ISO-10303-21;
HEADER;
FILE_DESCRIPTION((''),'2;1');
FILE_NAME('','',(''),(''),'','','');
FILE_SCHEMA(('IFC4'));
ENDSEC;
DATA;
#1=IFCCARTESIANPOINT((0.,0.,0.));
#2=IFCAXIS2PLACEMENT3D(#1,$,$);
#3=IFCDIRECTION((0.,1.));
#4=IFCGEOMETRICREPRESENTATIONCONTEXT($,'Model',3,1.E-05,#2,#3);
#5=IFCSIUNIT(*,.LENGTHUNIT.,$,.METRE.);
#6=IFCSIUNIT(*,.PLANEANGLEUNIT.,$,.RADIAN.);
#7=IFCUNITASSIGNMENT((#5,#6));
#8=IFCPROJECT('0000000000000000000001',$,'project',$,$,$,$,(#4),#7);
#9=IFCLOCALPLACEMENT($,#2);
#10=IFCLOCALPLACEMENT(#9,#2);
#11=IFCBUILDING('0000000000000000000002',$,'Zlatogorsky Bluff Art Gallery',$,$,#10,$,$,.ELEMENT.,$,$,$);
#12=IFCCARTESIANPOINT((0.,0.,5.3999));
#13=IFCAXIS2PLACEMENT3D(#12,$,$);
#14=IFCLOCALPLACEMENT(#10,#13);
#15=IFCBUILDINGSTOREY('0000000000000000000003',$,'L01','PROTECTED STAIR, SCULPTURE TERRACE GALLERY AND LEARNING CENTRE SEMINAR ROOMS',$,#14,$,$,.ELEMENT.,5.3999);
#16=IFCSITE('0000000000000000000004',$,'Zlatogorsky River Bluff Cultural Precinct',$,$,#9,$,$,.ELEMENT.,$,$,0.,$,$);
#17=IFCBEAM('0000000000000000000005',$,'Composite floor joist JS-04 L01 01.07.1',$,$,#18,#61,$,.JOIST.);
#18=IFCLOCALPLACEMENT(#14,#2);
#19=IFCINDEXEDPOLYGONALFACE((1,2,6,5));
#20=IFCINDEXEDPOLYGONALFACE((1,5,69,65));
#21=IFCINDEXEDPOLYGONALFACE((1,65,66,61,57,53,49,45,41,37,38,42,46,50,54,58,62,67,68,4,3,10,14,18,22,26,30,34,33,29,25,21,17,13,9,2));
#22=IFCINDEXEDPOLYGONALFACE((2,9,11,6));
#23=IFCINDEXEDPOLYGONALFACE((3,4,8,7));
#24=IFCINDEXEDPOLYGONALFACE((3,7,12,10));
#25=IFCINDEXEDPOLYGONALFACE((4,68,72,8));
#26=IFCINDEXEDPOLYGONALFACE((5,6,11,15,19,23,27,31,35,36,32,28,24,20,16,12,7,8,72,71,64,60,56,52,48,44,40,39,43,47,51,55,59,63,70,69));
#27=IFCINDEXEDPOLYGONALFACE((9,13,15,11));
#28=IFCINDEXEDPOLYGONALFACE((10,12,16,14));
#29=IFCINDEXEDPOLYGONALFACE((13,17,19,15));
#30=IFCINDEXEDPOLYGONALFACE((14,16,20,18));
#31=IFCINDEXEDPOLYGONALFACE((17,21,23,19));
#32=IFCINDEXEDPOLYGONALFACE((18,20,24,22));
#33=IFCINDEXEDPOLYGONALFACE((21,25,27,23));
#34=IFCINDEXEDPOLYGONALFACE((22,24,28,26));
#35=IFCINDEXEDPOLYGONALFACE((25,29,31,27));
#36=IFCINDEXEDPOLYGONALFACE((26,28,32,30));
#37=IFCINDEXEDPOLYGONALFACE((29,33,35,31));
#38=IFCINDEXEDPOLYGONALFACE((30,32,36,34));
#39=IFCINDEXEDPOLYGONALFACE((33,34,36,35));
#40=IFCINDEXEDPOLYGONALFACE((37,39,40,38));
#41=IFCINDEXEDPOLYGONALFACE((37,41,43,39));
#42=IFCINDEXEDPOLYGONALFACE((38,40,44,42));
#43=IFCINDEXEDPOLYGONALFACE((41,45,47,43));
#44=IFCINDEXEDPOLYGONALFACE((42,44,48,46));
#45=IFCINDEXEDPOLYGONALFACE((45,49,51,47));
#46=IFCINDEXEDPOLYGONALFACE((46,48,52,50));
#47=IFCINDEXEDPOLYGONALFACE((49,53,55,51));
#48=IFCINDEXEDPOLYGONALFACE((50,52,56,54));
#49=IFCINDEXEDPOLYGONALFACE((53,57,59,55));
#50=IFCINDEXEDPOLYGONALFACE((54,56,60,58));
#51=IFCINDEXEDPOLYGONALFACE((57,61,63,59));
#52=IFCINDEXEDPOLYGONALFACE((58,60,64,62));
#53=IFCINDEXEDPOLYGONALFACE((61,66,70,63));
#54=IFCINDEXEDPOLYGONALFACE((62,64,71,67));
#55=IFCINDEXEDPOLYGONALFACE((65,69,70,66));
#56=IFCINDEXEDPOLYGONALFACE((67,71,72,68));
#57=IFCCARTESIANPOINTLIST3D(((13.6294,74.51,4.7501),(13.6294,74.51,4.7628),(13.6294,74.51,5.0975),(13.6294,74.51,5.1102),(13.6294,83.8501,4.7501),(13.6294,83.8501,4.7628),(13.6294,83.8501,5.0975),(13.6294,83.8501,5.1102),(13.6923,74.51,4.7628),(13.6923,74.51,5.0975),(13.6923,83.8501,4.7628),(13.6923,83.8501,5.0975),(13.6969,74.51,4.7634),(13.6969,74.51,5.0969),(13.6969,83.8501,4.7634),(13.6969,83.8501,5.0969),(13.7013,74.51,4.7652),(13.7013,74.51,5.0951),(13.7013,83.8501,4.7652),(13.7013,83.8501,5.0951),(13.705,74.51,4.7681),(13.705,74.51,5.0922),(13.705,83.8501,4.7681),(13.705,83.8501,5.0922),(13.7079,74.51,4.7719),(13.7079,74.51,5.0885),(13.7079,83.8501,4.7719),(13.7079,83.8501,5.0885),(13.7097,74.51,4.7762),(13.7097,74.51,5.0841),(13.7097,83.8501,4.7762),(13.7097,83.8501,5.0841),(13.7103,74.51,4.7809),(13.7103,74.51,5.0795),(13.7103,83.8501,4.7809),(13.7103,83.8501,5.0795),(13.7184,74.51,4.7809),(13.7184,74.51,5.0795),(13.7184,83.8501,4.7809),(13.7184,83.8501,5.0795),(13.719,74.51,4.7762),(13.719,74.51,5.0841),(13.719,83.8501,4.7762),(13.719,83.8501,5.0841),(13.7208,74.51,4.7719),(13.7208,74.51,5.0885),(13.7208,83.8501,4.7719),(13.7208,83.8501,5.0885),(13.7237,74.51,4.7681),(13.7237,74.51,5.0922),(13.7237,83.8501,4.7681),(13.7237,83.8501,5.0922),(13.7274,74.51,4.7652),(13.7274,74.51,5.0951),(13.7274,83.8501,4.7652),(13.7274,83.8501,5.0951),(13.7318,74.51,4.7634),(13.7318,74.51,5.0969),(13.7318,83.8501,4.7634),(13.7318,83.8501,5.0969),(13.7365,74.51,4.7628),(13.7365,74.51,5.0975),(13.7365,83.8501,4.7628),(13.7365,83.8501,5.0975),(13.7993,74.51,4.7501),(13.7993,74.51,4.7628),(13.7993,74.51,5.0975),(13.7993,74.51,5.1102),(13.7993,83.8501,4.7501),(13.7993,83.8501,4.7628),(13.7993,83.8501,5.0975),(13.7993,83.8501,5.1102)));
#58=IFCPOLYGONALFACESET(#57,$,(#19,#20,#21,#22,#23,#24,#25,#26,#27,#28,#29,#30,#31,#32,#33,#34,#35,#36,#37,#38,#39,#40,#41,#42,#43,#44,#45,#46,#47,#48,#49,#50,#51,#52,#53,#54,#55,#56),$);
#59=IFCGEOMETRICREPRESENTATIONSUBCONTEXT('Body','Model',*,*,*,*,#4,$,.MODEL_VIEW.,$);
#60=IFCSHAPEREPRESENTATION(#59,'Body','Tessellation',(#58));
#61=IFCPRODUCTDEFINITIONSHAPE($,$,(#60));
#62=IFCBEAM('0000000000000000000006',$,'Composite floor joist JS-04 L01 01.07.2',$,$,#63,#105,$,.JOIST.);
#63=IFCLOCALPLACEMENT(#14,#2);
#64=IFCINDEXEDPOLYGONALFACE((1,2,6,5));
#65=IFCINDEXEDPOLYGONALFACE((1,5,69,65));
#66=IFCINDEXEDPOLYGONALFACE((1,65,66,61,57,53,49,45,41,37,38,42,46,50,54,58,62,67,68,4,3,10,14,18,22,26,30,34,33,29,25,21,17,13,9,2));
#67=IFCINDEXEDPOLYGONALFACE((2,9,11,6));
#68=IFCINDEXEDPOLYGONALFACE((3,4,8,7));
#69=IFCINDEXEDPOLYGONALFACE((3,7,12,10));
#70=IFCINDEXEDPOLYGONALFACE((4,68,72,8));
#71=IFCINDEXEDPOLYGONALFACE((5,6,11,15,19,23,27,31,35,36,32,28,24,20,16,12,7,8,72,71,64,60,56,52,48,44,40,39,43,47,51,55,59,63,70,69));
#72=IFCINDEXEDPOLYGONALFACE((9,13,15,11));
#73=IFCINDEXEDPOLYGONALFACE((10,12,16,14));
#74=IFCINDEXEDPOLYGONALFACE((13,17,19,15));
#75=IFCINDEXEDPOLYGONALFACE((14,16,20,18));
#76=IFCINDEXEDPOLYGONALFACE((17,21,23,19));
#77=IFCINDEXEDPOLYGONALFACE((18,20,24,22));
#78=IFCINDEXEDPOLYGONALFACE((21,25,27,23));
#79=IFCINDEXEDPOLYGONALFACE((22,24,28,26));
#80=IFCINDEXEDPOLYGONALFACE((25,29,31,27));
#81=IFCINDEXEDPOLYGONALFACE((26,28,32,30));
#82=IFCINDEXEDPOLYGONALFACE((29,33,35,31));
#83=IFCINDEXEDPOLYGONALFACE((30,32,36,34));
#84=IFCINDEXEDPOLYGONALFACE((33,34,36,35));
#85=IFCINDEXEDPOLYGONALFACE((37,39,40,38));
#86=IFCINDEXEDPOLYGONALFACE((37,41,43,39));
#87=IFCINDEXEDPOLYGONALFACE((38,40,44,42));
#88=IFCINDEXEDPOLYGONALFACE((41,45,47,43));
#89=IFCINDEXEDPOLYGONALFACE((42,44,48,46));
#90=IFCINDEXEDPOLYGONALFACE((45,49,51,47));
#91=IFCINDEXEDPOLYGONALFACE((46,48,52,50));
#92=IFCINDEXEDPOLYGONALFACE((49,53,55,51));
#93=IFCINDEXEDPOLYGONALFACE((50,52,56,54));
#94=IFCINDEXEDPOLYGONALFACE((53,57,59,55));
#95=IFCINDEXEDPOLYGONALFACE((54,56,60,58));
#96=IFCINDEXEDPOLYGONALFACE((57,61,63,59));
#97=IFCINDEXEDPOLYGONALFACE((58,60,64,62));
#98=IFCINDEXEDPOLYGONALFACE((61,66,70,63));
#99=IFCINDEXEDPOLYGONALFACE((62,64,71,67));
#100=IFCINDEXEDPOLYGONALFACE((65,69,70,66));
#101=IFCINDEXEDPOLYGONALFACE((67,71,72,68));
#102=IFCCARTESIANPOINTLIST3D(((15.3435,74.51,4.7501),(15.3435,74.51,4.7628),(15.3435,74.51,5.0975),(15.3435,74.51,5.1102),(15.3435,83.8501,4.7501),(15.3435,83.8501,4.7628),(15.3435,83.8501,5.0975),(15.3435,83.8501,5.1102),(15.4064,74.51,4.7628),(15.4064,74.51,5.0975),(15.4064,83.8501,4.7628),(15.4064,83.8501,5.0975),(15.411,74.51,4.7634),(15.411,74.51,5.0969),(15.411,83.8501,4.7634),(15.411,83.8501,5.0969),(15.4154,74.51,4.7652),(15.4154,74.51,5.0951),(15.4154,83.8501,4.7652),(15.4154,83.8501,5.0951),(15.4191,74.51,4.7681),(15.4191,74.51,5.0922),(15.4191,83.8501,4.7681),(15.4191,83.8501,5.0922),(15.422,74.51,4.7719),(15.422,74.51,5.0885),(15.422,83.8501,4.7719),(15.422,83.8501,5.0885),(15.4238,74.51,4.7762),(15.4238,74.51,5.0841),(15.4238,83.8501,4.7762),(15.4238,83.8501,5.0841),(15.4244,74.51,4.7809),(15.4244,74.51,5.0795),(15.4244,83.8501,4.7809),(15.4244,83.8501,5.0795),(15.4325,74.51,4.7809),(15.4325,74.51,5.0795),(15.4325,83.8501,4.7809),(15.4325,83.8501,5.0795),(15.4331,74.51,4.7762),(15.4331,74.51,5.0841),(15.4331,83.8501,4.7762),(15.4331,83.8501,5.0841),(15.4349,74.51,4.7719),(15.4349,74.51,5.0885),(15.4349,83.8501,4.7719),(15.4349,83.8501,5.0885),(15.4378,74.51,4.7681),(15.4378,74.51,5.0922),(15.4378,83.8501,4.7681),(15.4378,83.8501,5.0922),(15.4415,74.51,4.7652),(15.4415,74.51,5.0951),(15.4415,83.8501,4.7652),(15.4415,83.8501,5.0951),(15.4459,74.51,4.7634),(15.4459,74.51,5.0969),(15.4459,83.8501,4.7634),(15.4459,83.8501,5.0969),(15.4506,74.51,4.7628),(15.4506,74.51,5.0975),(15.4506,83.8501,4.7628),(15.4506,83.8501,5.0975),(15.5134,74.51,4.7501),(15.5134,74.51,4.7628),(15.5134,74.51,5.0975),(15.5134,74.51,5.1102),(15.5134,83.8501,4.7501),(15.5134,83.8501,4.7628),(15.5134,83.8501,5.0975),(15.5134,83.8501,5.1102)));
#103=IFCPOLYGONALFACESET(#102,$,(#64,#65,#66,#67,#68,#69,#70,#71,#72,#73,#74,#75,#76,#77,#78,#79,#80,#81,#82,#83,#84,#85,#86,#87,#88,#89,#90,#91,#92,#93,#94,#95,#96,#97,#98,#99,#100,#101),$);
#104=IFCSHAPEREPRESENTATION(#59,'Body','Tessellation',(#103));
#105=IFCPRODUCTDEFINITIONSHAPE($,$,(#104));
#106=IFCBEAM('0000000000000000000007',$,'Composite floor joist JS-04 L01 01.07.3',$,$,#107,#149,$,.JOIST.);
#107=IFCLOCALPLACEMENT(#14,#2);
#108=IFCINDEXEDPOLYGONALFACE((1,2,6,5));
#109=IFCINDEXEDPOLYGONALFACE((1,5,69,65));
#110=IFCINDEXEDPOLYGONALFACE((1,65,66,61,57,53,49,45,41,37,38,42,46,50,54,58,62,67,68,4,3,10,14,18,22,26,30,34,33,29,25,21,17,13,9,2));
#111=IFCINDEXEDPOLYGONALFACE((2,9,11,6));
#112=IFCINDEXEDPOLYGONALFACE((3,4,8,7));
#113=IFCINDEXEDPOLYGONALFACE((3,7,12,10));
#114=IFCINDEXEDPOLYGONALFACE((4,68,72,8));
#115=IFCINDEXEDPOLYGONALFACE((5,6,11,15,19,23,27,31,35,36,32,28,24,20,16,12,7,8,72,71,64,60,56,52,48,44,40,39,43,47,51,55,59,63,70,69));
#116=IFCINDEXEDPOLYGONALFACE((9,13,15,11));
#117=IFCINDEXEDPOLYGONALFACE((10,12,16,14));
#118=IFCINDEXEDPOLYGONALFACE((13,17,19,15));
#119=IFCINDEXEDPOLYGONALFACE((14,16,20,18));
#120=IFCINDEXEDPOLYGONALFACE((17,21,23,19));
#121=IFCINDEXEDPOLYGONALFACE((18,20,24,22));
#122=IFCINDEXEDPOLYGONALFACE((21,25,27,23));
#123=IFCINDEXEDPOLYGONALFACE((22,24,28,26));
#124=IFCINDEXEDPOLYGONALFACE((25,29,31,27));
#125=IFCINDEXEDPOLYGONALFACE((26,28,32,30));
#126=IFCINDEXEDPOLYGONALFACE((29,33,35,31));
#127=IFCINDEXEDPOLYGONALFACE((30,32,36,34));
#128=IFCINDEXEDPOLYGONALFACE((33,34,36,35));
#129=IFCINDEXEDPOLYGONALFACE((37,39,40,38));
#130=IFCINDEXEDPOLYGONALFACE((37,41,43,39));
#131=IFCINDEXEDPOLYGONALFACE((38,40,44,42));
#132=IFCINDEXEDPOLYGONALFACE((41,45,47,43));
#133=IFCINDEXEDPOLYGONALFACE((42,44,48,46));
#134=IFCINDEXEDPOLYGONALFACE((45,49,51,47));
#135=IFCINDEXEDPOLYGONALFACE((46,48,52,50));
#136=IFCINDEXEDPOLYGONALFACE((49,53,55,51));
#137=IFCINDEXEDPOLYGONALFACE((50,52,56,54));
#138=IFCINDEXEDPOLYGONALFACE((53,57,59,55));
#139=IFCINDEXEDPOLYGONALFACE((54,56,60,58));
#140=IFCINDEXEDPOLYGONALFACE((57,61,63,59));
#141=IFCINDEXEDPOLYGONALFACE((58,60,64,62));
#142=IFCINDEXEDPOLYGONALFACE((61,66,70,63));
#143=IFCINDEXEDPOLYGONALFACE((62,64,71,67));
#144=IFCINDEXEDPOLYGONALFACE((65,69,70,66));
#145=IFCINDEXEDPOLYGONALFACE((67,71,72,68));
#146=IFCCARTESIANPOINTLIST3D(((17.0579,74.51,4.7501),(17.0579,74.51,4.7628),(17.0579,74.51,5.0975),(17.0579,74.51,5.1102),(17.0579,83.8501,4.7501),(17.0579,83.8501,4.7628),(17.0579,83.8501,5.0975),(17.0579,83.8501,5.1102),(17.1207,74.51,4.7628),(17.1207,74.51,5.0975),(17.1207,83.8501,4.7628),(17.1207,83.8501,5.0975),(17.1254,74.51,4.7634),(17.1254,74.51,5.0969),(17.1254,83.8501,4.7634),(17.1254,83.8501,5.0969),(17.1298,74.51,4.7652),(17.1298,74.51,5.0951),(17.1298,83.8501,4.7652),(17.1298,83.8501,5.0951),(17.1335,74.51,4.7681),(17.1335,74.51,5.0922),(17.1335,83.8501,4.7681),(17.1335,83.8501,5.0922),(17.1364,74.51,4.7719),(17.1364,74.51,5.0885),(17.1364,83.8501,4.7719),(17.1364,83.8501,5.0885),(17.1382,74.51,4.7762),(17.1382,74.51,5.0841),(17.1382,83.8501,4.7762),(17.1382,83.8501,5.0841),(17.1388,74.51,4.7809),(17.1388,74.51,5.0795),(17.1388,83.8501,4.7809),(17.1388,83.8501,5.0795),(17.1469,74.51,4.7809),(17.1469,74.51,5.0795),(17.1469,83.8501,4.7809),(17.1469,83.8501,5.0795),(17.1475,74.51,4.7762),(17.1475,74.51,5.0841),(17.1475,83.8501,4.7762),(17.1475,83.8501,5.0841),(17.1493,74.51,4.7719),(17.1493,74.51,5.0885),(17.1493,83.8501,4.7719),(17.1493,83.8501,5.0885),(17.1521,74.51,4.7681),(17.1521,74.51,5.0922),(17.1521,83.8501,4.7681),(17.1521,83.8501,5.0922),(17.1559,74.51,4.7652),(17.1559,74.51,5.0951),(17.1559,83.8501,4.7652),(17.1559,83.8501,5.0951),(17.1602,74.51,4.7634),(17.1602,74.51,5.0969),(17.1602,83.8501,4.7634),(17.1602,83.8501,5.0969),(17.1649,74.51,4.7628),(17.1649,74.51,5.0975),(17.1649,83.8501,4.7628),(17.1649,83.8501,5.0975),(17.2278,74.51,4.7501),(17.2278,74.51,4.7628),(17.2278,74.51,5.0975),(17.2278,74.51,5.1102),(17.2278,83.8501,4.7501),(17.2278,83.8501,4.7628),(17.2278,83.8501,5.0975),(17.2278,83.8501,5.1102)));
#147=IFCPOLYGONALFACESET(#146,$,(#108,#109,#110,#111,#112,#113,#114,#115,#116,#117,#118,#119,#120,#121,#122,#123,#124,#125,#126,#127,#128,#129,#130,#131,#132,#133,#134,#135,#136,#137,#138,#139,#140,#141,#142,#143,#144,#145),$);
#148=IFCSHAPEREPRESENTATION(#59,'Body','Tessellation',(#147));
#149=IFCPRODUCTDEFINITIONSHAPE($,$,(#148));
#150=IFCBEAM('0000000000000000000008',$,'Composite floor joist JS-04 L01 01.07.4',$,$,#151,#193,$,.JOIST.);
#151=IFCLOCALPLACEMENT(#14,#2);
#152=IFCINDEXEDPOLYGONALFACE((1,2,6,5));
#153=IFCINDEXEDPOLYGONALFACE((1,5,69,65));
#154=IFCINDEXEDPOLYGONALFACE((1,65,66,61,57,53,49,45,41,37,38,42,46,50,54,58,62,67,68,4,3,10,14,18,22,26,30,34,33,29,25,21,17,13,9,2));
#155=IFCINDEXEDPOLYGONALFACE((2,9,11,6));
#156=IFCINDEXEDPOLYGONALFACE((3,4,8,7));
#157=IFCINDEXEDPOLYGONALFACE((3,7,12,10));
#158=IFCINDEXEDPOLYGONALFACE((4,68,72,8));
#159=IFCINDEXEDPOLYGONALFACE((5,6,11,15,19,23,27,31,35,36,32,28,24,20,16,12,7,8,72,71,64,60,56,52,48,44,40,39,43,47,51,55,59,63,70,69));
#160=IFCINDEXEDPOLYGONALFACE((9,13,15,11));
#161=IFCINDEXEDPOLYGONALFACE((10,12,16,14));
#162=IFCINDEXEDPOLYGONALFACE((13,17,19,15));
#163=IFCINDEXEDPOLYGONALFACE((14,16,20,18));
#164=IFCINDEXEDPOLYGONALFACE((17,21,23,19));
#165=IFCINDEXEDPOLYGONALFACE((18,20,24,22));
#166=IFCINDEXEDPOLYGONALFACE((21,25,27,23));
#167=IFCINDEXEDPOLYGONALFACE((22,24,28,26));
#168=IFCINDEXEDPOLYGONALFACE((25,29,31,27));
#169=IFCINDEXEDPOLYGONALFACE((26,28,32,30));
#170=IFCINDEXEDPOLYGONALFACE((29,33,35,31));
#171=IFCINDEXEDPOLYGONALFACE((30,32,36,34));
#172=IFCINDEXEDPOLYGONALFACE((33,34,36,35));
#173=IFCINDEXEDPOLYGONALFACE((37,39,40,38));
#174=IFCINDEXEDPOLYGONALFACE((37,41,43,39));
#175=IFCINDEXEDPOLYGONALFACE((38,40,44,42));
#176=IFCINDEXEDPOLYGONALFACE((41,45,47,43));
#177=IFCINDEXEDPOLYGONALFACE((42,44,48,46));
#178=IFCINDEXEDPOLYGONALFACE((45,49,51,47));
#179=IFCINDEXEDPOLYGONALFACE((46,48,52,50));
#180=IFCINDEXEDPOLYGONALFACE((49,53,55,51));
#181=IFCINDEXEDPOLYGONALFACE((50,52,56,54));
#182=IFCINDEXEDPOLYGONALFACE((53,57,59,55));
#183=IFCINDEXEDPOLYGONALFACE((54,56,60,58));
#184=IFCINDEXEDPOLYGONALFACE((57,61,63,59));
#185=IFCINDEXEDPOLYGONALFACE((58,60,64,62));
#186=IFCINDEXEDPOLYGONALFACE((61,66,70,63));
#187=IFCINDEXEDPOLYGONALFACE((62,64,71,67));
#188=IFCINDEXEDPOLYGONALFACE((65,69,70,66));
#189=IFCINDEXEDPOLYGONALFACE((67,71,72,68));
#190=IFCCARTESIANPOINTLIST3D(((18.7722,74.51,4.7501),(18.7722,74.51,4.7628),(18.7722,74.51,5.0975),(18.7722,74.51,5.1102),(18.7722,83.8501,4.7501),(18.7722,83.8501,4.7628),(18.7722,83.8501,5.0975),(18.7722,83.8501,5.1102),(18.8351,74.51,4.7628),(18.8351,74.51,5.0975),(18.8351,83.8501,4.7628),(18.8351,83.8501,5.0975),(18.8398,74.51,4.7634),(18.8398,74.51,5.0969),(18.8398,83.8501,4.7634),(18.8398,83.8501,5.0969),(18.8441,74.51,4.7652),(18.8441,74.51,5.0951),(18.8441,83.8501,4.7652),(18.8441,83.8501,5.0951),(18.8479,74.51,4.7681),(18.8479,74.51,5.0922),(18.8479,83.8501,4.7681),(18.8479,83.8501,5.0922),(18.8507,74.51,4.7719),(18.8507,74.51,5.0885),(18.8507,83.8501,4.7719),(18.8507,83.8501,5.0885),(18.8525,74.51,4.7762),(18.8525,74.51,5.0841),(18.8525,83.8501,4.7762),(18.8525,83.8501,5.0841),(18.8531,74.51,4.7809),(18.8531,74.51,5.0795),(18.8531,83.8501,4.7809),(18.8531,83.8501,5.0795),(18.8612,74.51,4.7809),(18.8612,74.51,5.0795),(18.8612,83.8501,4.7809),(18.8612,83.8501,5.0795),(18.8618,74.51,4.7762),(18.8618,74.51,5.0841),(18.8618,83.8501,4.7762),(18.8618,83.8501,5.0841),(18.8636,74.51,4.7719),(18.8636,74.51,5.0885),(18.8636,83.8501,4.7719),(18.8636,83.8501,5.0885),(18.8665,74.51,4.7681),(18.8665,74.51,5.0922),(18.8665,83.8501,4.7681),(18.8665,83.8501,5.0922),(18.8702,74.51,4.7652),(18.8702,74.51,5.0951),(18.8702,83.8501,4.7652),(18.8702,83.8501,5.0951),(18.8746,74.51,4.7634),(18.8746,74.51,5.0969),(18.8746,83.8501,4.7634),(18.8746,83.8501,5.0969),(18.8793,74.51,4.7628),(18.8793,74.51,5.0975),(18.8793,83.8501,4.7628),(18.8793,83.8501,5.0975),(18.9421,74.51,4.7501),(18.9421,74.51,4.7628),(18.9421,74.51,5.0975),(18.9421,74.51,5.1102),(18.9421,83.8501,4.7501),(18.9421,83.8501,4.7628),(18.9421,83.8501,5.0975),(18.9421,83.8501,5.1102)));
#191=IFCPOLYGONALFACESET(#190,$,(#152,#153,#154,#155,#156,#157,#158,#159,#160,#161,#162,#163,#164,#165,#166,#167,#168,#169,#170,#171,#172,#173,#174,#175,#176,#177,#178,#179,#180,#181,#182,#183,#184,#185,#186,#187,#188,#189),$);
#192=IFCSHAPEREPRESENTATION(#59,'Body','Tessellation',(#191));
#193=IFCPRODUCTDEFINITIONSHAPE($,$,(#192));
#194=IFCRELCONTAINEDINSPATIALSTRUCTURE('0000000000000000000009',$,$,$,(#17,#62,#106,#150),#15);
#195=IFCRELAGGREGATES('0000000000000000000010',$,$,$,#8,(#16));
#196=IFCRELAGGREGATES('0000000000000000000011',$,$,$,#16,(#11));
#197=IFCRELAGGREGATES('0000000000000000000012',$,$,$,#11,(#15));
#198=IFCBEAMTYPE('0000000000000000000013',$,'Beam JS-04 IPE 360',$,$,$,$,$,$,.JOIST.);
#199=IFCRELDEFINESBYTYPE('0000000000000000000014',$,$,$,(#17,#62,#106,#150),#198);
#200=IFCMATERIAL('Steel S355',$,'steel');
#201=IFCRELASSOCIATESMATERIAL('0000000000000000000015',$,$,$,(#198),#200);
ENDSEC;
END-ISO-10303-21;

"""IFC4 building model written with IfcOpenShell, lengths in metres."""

from ifc_helpers import new_model, si_unit, direction, frame, origin, origin_2d, place, context, subcontext, project, spatial, i_section, extrude, material, material_profile, profile_set, type_object, element, save


model = new_model("IFC4")

# Units and contexts
model_context = context("Model", 3, precision=1e-05, world=origin(), true_north=direction((0.0, 1.0)))
body_context = subcontext(model_context, "Body", "Model", "MODEL_VIEW")
ifc_project = project(units=[si_unit("LENGTHUNIT", "METRE"), si_unit("PLANEANGLEUNIT", "RADIAN")], contexts=[model_context])

# Site, building, storey
site_placement = place(None, origin())
site = spatial("IfcSite", under=ifc_project, at=site_placement, Name="Zlatogorsky River Bluff Cultural Precinct", CompositionType="ELEMENT", RefElevation=0.0)
building_placement = place(site_placement, origin())
building = spatial("IfcBuilding", under=site, at=building_placement, Name="Zlatogorsky Bluff Art Gallery", CompositionType="ELEMENT")
storey_placement = place(building_placement, frame((0.0, 0.0, 5.3999)))
storey = spatial("IfcBuildingStorey", under=building, at=storey_placement, Name="L01", Description="PROTECTED STAIR, SCULPTURE TERRACE GALLERY AND LEARNING CENTRE SEMINAR ROOMS", CompositionType="ELEMENT", Elevation=5.3999)

# Beams
ifc_material_1 = material(Name="Steel S355", Category="steel")
ifc_material_profile_1 = material_profile(ifc_material_1, i_section(OverallWidth=0.1699, OverallDepth=0.3601, WebThickness=0.0081, FlangeThickness=0.0127, FilletRadius=0.0181, at=origin_2d()), Name="IPE 360")
ifc_profile_set_1 = profile_set([ifc_material_profile_1], Name="Steel S355")
beam_type = type_object("IfcBeamType", Name="Beam JS-04 IPE 360", PredefinedType="JOIST", material=ifc_profile_set_1)
for number, where, z_axis, x_axis, name in (
    (1, (13.7144, 74.51, 4.9302), (0.0, 1.0, 0.0), (-1.0, 0.0, 0.0), "Composite floor joist JS-04 L01 01.07.1"),
    (2, (15.4285, 74.51, 4.9302), (0.0, 1.0, 0.0), (-1.0, 0.0, 0.0), "Composite floor joist JS-04 L01 01.07.2"),
    (3, (17.1428, 74.51, 4.9302), (0.0, 1.0, 0.0), (-1.0, 0.0, 0.0), "Composite floor joist JS-04 L01 01.07.3"),
    (4, (18.8572, 74.51, 4.9302), (0.0, 1.0, 0.0), (-1.0, 0.0, 0.0), "Composite floor joist JS-04 L01 01.07.4"),
):
    element("IfcBeam", number, at=place(storey_placement, frame(where, z_axis=z_axis, x_axis=x_axis)), inside=storey, type_object=beam_type, Name=name, PredefinedType="JOIST", context=body_context, shape_type="SweptSolid", body=[
        extrude(i_section(OverallWidth=0.1699, OverallDepth=0.3601, WebThickness=0.0081, FlangeThickness=0.0127, FilletRadius=0.0181, at=origin_2d()), origin(), (0.0, 0.0, 1.0), 9.3401),
    ])

save(model, "model.ifc")
